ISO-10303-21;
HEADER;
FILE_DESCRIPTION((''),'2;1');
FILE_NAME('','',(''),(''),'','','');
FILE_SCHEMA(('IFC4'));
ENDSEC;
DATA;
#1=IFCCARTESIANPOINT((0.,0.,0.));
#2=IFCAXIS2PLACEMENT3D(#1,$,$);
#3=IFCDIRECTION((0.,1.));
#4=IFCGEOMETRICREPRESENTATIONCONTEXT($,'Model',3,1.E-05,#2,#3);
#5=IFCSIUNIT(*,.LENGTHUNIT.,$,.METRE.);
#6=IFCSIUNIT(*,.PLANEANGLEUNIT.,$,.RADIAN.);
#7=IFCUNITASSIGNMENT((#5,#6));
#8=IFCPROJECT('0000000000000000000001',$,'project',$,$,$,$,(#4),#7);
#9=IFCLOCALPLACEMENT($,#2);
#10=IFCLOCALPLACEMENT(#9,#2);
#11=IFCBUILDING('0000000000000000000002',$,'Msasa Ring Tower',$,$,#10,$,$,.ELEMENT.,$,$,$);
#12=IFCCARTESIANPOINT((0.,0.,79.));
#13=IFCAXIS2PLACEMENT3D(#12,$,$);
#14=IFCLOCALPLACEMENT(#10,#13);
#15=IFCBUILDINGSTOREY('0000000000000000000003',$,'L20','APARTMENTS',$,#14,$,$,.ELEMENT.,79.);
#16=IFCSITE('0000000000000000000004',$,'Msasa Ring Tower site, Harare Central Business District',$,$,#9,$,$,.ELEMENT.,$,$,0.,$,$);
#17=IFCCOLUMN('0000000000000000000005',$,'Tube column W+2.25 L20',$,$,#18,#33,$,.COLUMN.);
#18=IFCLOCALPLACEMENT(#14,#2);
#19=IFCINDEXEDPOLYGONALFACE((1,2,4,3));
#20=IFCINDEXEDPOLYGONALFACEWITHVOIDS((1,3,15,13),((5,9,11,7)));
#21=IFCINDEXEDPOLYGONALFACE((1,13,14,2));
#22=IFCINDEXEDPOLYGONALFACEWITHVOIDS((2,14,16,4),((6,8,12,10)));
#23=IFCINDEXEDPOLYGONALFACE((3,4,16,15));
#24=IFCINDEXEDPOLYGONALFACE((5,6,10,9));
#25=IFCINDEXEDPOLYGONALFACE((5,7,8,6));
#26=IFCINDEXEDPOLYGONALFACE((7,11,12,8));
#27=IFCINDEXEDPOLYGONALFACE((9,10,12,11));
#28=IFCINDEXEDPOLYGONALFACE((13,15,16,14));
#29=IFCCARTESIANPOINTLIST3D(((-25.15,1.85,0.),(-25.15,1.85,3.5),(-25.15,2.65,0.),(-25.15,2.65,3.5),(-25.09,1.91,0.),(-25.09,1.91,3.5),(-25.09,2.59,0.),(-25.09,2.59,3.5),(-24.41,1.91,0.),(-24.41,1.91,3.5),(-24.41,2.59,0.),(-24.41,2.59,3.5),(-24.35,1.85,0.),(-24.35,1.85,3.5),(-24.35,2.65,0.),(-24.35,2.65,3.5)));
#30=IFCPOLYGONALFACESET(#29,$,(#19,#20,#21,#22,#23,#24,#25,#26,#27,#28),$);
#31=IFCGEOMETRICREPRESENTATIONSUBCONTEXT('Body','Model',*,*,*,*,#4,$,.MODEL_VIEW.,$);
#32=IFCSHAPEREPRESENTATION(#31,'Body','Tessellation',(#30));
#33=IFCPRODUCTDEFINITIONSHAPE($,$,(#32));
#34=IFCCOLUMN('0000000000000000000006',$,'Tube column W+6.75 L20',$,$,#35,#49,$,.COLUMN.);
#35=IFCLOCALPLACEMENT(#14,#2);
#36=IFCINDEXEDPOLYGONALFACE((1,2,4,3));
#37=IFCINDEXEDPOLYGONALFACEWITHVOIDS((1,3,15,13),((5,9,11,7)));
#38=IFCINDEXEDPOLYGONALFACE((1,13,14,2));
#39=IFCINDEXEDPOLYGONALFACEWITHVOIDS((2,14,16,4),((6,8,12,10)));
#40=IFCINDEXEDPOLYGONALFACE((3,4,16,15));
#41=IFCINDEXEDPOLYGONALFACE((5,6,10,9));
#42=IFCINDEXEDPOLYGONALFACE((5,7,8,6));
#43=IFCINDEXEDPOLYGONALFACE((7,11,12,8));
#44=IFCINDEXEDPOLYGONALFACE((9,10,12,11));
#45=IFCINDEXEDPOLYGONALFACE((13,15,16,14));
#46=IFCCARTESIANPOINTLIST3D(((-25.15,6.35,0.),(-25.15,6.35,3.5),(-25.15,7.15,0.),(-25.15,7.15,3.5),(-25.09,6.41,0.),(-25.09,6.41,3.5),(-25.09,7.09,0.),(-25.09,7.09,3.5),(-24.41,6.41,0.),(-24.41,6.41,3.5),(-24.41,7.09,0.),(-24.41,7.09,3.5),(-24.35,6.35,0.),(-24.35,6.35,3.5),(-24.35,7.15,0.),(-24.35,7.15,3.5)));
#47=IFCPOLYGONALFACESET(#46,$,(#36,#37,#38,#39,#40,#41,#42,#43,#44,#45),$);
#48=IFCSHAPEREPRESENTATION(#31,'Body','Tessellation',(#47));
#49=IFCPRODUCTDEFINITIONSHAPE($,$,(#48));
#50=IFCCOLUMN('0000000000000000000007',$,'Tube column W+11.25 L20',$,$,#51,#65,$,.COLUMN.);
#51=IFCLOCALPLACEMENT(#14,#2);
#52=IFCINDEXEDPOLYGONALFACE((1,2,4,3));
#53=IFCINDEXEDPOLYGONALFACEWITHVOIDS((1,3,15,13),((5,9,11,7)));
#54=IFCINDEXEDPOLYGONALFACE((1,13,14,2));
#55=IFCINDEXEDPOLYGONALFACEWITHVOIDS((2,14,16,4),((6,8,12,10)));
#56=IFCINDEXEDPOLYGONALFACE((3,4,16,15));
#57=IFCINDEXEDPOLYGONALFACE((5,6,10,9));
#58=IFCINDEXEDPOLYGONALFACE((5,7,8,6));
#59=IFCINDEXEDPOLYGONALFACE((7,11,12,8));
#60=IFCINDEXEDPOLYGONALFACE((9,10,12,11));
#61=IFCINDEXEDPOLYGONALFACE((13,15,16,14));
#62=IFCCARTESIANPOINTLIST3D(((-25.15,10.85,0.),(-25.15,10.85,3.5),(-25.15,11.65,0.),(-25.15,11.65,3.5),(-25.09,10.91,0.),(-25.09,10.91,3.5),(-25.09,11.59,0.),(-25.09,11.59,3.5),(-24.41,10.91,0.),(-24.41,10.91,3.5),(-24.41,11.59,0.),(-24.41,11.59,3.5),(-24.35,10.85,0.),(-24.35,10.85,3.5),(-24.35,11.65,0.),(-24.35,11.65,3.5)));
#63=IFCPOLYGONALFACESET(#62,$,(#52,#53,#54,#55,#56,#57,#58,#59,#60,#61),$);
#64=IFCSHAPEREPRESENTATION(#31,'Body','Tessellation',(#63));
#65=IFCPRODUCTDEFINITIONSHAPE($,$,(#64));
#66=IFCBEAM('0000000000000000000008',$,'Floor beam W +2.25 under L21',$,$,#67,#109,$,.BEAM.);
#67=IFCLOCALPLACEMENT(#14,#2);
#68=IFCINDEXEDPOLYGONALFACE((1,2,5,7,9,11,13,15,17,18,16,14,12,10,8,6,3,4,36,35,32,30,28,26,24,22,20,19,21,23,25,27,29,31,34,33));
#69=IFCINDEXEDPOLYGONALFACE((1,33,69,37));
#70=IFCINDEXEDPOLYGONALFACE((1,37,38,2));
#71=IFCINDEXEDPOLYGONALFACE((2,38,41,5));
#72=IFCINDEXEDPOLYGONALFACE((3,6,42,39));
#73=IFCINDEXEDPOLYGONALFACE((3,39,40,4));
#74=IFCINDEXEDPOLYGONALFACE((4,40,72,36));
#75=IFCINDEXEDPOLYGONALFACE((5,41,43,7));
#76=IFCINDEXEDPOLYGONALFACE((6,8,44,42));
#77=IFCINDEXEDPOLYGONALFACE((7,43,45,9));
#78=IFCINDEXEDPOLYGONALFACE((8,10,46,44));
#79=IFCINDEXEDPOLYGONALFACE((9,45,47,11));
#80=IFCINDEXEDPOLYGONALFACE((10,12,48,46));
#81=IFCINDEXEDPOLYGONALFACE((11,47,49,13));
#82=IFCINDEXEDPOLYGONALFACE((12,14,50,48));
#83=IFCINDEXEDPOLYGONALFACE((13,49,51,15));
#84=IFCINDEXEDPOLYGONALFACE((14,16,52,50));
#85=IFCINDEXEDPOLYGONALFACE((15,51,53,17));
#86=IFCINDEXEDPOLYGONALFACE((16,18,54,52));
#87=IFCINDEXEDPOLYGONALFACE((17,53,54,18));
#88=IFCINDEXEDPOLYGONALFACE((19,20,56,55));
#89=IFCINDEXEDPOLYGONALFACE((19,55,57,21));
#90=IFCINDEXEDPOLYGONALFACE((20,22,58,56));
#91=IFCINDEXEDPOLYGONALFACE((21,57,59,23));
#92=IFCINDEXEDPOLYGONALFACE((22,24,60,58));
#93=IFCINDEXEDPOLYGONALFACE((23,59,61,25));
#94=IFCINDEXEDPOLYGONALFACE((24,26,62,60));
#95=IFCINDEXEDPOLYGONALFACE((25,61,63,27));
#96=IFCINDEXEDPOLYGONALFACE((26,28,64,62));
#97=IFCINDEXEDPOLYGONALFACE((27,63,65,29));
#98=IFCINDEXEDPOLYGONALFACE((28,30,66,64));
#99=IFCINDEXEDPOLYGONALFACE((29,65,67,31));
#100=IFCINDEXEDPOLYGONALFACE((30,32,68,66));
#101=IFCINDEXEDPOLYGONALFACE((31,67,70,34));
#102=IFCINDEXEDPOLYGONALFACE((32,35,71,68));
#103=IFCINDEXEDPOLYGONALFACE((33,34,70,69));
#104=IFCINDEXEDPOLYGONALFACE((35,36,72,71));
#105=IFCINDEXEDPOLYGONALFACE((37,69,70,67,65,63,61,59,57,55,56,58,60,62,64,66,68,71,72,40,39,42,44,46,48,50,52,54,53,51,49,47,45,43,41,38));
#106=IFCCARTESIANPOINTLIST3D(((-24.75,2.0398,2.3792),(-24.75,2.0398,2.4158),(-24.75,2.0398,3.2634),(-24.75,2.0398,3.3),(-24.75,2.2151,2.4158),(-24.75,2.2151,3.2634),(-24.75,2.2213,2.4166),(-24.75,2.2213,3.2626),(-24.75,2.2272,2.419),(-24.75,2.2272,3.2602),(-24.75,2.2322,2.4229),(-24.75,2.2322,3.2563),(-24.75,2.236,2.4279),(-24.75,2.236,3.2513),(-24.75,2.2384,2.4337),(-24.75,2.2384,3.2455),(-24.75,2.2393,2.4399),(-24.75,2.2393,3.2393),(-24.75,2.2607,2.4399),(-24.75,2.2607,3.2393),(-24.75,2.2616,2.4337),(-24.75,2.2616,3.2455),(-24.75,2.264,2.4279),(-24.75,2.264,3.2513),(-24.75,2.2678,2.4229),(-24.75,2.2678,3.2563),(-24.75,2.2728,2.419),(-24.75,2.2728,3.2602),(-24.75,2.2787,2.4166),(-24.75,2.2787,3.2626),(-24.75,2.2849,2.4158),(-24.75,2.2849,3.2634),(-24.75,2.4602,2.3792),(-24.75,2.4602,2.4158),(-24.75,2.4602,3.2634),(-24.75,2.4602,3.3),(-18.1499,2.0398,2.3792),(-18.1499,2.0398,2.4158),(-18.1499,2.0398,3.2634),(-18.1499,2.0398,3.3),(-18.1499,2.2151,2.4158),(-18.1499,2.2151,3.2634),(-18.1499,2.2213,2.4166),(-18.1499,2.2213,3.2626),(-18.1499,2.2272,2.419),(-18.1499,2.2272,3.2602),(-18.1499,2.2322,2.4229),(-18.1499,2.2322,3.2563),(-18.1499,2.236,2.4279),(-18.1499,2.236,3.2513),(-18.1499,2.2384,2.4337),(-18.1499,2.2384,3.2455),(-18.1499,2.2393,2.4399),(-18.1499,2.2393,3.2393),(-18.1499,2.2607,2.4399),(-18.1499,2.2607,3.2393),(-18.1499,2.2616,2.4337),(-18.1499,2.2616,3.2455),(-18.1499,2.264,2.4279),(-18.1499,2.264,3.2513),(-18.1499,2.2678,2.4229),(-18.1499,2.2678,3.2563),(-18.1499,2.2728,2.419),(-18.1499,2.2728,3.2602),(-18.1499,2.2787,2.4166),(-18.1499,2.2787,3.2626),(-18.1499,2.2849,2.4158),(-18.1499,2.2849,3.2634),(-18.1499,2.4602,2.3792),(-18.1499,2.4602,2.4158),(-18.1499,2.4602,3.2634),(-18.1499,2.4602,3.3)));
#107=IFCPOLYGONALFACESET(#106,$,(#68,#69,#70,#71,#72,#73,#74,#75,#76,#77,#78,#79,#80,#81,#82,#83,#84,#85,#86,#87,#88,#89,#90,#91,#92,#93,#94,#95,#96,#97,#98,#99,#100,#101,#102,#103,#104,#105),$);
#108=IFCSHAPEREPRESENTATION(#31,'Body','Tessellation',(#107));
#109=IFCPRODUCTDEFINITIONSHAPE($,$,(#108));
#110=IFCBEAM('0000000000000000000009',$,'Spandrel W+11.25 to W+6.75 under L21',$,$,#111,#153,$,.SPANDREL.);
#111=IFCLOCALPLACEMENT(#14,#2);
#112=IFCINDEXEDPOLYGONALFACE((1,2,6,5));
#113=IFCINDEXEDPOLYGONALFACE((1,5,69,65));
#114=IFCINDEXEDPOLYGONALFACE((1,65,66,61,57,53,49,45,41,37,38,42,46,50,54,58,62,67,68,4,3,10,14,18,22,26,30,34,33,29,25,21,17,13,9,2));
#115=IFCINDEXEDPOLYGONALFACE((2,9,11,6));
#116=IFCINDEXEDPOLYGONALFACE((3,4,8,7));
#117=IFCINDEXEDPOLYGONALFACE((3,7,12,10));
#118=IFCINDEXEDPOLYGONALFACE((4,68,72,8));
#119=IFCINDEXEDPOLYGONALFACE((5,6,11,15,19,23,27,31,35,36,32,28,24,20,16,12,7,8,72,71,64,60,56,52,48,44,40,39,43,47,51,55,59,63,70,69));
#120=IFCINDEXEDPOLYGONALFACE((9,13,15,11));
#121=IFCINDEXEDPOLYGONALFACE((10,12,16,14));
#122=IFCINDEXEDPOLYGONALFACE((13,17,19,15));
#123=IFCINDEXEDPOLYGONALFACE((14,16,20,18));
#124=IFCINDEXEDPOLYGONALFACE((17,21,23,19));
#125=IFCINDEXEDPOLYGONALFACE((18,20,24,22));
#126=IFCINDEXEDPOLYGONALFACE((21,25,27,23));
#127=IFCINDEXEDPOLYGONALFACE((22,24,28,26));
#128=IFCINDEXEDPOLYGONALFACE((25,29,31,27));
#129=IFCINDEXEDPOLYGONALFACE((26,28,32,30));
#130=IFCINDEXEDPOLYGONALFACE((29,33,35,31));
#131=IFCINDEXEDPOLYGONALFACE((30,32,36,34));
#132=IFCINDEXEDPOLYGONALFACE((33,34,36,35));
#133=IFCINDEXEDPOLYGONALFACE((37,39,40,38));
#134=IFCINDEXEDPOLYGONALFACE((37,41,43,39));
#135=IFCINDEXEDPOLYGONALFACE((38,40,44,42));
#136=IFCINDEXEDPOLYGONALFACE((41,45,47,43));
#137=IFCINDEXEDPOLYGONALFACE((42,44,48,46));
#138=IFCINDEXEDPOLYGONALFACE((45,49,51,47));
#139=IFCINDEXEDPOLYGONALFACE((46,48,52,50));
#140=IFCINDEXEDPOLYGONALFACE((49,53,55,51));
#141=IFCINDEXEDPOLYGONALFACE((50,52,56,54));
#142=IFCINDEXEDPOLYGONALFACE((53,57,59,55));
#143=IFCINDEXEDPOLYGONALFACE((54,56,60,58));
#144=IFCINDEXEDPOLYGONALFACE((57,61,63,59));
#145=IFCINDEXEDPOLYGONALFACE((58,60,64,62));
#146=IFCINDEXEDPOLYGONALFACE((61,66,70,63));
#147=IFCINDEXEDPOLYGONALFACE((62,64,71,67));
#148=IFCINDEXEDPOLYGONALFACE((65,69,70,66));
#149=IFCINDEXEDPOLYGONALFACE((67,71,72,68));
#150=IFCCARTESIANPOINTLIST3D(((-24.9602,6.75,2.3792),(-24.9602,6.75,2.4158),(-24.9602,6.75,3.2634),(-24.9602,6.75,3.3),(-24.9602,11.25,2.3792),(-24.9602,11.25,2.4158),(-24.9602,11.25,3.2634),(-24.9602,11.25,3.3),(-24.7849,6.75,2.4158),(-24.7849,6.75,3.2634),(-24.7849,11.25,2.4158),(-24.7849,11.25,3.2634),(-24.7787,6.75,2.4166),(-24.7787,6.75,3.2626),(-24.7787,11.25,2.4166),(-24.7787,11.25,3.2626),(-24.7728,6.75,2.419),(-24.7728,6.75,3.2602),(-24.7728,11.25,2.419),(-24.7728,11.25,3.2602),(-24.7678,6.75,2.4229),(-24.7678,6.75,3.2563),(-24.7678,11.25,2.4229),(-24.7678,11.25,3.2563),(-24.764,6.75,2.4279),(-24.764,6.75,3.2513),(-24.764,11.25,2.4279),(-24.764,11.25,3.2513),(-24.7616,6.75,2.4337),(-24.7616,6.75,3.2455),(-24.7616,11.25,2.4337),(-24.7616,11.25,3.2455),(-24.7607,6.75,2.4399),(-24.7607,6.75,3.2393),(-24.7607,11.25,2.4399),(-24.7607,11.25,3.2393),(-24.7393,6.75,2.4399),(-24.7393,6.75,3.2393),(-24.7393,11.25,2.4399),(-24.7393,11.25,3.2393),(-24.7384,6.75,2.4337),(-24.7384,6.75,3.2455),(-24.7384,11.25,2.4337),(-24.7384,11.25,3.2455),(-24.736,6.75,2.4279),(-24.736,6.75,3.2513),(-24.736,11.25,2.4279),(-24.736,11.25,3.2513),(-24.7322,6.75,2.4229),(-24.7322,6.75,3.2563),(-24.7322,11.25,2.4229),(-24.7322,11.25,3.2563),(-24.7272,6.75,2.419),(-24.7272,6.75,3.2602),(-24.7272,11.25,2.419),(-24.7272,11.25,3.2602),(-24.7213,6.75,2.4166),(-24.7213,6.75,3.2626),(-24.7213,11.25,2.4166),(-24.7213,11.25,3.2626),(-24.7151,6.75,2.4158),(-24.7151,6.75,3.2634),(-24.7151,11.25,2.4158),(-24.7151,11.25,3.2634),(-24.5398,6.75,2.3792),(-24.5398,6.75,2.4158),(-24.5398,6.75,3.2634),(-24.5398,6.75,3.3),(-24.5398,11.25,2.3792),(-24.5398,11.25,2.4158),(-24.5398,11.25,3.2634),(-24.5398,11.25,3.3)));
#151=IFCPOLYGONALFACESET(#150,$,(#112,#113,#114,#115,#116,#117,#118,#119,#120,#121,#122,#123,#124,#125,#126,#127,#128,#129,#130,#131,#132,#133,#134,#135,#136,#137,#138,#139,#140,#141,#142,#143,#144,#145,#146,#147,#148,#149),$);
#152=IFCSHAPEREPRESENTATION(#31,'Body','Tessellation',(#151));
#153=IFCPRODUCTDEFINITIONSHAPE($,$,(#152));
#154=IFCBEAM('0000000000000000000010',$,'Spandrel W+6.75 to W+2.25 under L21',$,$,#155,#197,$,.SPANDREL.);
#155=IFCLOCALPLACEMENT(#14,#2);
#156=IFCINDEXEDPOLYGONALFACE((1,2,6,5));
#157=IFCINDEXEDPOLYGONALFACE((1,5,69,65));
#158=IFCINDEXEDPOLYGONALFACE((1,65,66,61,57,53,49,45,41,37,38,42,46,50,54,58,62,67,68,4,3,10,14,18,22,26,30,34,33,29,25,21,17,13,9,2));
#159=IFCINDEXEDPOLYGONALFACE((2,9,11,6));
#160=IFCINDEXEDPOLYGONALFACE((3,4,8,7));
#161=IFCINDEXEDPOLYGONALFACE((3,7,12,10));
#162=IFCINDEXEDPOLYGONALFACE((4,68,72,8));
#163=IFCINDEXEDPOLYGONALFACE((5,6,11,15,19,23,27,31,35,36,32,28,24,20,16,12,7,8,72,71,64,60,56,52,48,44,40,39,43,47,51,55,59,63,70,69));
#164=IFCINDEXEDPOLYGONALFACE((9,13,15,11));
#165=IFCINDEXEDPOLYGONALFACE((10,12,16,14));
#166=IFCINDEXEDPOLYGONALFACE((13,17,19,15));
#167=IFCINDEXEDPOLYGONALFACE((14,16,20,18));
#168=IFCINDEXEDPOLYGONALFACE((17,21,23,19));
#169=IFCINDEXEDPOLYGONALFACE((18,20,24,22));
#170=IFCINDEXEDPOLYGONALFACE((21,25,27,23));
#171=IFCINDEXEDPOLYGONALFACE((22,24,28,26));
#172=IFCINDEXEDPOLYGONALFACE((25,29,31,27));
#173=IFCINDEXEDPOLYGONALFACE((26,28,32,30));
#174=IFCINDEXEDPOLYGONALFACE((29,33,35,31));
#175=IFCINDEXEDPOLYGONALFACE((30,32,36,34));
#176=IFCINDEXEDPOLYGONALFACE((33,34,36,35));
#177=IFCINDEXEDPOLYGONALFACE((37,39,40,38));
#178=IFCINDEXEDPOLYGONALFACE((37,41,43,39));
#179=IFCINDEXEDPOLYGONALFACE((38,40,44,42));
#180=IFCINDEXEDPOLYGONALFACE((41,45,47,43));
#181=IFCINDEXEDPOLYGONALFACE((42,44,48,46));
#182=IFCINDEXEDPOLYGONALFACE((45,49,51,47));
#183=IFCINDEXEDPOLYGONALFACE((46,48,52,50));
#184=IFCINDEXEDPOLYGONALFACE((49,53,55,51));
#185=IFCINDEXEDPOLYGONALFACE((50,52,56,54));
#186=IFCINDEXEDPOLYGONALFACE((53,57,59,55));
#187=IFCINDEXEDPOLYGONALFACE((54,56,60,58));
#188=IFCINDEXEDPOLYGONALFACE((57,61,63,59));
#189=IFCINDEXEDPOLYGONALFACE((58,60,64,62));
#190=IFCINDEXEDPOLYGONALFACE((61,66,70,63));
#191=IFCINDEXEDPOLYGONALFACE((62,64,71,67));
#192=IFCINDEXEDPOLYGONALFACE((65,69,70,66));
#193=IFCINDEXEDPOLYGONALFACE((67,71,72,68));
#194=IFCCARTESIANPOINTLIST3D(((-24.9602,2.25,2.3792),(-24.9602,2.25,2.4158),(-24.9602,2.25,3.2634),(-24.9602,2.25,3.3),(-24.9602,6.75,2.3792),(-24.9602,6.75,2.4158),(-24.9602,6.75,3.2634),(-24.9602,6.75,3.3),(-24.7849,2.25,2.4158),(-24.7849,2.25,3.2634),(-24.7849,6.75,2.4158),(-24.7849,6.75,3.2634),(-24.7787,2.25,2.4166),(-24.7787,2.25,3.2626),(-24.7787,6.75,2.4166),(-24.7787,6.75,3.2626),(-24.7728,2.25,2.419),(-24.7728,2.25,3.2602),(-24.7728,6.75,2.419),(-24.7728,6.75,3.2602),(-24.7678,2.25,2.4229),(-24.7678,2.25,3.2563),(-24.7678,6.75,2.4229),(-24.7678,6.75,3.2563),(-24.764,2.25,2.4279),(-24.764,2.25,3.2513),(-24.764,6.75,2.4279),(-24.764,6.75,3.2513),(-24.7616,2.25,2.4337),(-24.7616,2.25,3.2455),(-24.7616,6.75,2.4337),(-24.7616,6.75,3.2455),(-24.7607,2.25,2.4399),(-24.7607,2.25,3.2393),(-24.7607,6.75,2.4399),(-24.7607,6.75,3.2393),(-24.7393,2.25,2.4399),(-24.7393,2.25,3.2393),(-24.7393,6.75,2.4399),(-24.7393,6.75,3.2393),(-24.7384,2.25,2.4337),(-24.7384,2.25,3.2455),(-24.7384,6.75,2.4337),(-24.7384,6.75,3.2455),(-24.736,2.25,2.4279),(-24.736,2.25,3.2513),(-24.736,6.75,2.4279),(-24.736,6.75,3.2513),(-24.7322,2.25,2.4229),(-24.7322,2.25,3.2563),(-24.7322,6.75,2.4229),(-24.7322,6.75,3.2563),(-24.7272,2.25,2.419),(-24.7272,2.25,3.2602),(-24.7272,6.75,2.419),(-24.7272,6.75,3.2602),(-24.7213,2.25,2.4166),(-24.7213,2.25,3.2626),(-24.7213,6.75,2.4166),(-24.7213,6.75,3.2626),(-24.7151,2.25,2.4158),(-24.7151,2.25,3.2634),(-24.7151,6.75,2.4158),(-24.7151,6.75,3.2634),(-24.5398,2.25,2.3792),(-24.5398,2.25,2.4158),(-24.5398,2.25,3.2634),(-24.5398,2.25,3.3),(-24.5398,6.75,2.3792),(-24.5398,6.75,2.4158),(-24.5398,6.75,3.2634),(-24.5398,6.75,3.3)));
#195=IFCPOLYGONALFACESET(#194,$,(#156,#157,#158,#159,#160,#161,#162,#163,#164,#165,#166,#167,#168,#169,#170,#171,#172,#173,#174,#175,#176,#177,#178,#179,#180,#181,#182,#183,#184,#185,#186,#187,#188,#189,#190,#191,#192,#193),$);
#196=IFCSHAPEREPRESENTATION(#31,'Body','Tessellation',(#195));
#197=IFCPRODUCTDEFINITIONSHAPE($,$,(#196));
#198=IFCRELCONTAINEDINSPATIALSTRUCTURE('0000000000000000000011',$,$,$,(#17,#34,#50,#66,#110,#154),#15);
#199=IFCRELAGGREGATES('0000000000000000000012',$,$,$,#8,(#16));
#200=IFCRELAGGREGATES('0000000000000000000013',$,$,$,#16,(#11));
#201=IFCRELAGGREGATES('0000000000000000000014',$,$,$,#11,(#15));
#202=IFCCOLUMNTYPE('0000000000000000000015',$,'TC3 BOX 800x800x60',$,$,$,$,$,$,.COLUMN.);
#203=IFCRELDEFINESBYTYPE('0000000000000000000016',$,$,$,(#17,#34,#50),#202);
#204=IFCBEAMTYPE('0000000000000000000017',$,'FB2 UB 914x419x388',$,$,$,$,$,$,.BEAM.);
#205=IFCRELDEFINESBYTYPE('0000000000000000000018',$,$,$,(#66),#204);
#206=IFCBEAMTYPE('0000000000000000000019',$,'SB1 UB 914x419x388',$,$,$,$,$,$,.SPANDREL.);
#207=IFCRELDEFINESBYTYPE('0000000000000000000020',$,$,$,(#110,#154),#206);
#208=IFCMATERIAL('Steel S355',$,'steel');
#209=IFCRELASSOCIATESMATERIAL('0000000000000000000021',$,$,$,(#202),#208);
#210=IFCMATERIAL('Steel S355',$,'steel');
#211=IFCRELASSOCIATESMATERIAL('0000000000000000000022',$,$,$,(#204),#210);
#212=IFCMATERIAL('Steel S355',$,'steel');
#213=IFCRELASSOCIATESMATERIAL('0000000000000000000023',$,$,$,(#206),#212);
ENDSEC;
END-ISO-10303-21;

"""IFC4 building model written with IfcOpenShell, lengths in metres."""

from ifc_helpers import new_model, si_unit, direction, frame, origin, origin_2d, place, context, subcontext, project, spatial, hollow_rectangle, i_section, extrude, material, material_profile, profile_set, type_object, element, save


model = new_model("IFC4")

# Units and contexts
model_context = context("Model", 3, precision=1e-05, world=origin(), true_north=direction((0.0, 1.0)))
body_context = subcontext(model_context, "Body", "Model", "MODEL_VIEW")
ifc_project = project(units=[si_unit("LENGTHUNIT", "METRE"), si_unit("PLANEANGLEUNIT", "RADIAN")], contexts=[model_context])

# Site, building, storey
site_placement = place(None, origin())
site = spatial("IfcSite", under=ifc_project, at=site_placement, Name="Msasa Ring Tower site, Harare Central Business District", CompositionType="ELEMENT", RefElevation=0.0)
building_placement = place(site_placement, origin())
building = spatial("IfcBuilding", under=site, at=building_placement, Name="Msasa Ring Tower", CompositionType="ELEMENT")
storey_placement = place(building_placement, frame((0.0, 0.0, 79.0)))
storey = spatial("IfcBuildingStorey", under=building, at=storey_placement, Name="L20", Description="APARTMENTS", CompositionType="ELEMENT", Elevation=79.0)

# Columns
ifc_material_1 = material(Name="Steel S355", Category="steel")
ifc_material_profile_1 = material_profile(ifc_material_1, hollow_rectangle(XDim=0.8, YDim=0.8, WallThickness=0.0601, at=origin_2d()), Name="BOX 800x800x60")
ifc_profile_set_1 = profile_set([ifc_material_profile_1], Name="Steel S355")
column_type = type_object("IfcColumnType", Name="TC3 BOX 800x800x60", PredefinedType="COLUMN", material=ifc_profile_set_1)
for number, where, z_axis, x_axis, name in (
    (1, (-24.75, 2.25, 0.0), (0.0, 0.0, 1.0), (1.0, 0.0, 0.0), "Tube column W+2.25 L20"),
    (2, (-24.75, 6.75, 0.0), (0.0, 0.0, 1.0), (1.0, 0.0, 0.0), "Tube column W+6.75 L20"),
    (3, (-24.75, 11.25, 0.0), (0.0, 0.0, 1.0), (1.0, 0.0, 0.0), "Tube column W+11.25 L20"),
):
    element("IfcColumn", number, at=place(storey_placement, frame(where, z_axis=z_axis, x_axis=x_axis)), inside=storey, type_object=column_type, Name=name, PredefinedType="COLUMN", context=body_context, shape_type="SweptSolid", body=[
        extrude(hollow_rectangle(XDim=0.8, YDim=0.8, WallThickness=0.0601, at=origin_2d()), origin(), (0.0, 0.0, 1.0), 3.5),
    ])

# Beams
ifc_material_2 = material(Name="Steel S355", Category="steel")
ifc_material_profile_2 = material_profile(ifc_material_2, i_section(OverallWidth=0.4204, OverallDepth=0.9209, WebThickness=0.0215, FlangeThickness=0.0366, FilletRadius=0.0242, at=origin_2d()), Name="UB 914x419x388")
ifc_profile_set_2 = profile_set([ifc_material_profile_2], Name="Steel S355")
beam_type_1 = type_object("IfcBeamType", Name="FB2 UB 914x419x388", PredefinedType="BEAM", material=ifc_profile_set_2)
beam_placement = place(storey_placement, frame((-24.75, 2.25, 2.8396), z_axis=(1.0, 0.0, 0.0), x_axis=(0.0, 1.0, 0.0)))
element("IfcBeam", 4, at=beam_placement, inside=storey, type_object=beam_type_1, Name="Floor beam W +2.25 under L21", PredefinedType="BEAM", context=body_context, shape_type="SweptSolid", body=[
    extrude(i_section(OverallWidth=0.4204, OverallDepth=0.9209, WebThickness=0.0215, FlangeThickness=0.0366, FilletRadius=0.0242, at=origin_2d()), origin(), (0.0, 0.0, 1.0), 6.6001),
])
ifc_material_3 = material(Name="Steel S355", Category="steel")
ifc_material_profile_3 = material_profile(ifc_material_3, i_section(OverallWidth=0.4204, OverallDepth=0.9209, WebThickness=0.0215, FlangeThickness=0.0366, FilletRadius=0.0242, at=origin_2d()), Name="UB 914x419x388")
ifc_profile_set_3 = profile_set([ifc_material_profile_3], Name="Steel S355")
beam_type_2 = type_object("IfcBeamType", Name="SB1 UB 914x419x388", PredefinedType="SPANDREL", material=ifc_profile_set_3)
for number, where, z_axis, x_axis, name in (
    (5, (-24.75, 11.25, 2.8396), (0.0, -1.0, 0.0), (1.0, 0.0, 0.0), "Spandrel W+11.25 to W+6.75 under L21"),
    (6, (-24.75, 6.75, 2.8396), (0.0, -1.0, 0.0), (1.0, 0.0, 0.0), "Spandrel W+6.75 to W+2.25 under L21"),
):
    element("IfcBeam", number, at=place(storey_placement, frame(where, z_axis=z_axis, x_axis=x_axis)), inside=storey, type_object=beam_type_2, Name=name, PredefinedType="SPANDREL", context=body_context, shape_type="SweptSolid", body=[
        extrude(i_section(OverallWidth=0.4204, OverallDepth=0.9209, WebThickness=0.0215, FlangeThickness=0.0366, FilletRadius=0.0242, at=origin_2d()), origin(), (0.0, 0.0, 1.0), 4.5),
    ])

save(model, "model.ifc")
